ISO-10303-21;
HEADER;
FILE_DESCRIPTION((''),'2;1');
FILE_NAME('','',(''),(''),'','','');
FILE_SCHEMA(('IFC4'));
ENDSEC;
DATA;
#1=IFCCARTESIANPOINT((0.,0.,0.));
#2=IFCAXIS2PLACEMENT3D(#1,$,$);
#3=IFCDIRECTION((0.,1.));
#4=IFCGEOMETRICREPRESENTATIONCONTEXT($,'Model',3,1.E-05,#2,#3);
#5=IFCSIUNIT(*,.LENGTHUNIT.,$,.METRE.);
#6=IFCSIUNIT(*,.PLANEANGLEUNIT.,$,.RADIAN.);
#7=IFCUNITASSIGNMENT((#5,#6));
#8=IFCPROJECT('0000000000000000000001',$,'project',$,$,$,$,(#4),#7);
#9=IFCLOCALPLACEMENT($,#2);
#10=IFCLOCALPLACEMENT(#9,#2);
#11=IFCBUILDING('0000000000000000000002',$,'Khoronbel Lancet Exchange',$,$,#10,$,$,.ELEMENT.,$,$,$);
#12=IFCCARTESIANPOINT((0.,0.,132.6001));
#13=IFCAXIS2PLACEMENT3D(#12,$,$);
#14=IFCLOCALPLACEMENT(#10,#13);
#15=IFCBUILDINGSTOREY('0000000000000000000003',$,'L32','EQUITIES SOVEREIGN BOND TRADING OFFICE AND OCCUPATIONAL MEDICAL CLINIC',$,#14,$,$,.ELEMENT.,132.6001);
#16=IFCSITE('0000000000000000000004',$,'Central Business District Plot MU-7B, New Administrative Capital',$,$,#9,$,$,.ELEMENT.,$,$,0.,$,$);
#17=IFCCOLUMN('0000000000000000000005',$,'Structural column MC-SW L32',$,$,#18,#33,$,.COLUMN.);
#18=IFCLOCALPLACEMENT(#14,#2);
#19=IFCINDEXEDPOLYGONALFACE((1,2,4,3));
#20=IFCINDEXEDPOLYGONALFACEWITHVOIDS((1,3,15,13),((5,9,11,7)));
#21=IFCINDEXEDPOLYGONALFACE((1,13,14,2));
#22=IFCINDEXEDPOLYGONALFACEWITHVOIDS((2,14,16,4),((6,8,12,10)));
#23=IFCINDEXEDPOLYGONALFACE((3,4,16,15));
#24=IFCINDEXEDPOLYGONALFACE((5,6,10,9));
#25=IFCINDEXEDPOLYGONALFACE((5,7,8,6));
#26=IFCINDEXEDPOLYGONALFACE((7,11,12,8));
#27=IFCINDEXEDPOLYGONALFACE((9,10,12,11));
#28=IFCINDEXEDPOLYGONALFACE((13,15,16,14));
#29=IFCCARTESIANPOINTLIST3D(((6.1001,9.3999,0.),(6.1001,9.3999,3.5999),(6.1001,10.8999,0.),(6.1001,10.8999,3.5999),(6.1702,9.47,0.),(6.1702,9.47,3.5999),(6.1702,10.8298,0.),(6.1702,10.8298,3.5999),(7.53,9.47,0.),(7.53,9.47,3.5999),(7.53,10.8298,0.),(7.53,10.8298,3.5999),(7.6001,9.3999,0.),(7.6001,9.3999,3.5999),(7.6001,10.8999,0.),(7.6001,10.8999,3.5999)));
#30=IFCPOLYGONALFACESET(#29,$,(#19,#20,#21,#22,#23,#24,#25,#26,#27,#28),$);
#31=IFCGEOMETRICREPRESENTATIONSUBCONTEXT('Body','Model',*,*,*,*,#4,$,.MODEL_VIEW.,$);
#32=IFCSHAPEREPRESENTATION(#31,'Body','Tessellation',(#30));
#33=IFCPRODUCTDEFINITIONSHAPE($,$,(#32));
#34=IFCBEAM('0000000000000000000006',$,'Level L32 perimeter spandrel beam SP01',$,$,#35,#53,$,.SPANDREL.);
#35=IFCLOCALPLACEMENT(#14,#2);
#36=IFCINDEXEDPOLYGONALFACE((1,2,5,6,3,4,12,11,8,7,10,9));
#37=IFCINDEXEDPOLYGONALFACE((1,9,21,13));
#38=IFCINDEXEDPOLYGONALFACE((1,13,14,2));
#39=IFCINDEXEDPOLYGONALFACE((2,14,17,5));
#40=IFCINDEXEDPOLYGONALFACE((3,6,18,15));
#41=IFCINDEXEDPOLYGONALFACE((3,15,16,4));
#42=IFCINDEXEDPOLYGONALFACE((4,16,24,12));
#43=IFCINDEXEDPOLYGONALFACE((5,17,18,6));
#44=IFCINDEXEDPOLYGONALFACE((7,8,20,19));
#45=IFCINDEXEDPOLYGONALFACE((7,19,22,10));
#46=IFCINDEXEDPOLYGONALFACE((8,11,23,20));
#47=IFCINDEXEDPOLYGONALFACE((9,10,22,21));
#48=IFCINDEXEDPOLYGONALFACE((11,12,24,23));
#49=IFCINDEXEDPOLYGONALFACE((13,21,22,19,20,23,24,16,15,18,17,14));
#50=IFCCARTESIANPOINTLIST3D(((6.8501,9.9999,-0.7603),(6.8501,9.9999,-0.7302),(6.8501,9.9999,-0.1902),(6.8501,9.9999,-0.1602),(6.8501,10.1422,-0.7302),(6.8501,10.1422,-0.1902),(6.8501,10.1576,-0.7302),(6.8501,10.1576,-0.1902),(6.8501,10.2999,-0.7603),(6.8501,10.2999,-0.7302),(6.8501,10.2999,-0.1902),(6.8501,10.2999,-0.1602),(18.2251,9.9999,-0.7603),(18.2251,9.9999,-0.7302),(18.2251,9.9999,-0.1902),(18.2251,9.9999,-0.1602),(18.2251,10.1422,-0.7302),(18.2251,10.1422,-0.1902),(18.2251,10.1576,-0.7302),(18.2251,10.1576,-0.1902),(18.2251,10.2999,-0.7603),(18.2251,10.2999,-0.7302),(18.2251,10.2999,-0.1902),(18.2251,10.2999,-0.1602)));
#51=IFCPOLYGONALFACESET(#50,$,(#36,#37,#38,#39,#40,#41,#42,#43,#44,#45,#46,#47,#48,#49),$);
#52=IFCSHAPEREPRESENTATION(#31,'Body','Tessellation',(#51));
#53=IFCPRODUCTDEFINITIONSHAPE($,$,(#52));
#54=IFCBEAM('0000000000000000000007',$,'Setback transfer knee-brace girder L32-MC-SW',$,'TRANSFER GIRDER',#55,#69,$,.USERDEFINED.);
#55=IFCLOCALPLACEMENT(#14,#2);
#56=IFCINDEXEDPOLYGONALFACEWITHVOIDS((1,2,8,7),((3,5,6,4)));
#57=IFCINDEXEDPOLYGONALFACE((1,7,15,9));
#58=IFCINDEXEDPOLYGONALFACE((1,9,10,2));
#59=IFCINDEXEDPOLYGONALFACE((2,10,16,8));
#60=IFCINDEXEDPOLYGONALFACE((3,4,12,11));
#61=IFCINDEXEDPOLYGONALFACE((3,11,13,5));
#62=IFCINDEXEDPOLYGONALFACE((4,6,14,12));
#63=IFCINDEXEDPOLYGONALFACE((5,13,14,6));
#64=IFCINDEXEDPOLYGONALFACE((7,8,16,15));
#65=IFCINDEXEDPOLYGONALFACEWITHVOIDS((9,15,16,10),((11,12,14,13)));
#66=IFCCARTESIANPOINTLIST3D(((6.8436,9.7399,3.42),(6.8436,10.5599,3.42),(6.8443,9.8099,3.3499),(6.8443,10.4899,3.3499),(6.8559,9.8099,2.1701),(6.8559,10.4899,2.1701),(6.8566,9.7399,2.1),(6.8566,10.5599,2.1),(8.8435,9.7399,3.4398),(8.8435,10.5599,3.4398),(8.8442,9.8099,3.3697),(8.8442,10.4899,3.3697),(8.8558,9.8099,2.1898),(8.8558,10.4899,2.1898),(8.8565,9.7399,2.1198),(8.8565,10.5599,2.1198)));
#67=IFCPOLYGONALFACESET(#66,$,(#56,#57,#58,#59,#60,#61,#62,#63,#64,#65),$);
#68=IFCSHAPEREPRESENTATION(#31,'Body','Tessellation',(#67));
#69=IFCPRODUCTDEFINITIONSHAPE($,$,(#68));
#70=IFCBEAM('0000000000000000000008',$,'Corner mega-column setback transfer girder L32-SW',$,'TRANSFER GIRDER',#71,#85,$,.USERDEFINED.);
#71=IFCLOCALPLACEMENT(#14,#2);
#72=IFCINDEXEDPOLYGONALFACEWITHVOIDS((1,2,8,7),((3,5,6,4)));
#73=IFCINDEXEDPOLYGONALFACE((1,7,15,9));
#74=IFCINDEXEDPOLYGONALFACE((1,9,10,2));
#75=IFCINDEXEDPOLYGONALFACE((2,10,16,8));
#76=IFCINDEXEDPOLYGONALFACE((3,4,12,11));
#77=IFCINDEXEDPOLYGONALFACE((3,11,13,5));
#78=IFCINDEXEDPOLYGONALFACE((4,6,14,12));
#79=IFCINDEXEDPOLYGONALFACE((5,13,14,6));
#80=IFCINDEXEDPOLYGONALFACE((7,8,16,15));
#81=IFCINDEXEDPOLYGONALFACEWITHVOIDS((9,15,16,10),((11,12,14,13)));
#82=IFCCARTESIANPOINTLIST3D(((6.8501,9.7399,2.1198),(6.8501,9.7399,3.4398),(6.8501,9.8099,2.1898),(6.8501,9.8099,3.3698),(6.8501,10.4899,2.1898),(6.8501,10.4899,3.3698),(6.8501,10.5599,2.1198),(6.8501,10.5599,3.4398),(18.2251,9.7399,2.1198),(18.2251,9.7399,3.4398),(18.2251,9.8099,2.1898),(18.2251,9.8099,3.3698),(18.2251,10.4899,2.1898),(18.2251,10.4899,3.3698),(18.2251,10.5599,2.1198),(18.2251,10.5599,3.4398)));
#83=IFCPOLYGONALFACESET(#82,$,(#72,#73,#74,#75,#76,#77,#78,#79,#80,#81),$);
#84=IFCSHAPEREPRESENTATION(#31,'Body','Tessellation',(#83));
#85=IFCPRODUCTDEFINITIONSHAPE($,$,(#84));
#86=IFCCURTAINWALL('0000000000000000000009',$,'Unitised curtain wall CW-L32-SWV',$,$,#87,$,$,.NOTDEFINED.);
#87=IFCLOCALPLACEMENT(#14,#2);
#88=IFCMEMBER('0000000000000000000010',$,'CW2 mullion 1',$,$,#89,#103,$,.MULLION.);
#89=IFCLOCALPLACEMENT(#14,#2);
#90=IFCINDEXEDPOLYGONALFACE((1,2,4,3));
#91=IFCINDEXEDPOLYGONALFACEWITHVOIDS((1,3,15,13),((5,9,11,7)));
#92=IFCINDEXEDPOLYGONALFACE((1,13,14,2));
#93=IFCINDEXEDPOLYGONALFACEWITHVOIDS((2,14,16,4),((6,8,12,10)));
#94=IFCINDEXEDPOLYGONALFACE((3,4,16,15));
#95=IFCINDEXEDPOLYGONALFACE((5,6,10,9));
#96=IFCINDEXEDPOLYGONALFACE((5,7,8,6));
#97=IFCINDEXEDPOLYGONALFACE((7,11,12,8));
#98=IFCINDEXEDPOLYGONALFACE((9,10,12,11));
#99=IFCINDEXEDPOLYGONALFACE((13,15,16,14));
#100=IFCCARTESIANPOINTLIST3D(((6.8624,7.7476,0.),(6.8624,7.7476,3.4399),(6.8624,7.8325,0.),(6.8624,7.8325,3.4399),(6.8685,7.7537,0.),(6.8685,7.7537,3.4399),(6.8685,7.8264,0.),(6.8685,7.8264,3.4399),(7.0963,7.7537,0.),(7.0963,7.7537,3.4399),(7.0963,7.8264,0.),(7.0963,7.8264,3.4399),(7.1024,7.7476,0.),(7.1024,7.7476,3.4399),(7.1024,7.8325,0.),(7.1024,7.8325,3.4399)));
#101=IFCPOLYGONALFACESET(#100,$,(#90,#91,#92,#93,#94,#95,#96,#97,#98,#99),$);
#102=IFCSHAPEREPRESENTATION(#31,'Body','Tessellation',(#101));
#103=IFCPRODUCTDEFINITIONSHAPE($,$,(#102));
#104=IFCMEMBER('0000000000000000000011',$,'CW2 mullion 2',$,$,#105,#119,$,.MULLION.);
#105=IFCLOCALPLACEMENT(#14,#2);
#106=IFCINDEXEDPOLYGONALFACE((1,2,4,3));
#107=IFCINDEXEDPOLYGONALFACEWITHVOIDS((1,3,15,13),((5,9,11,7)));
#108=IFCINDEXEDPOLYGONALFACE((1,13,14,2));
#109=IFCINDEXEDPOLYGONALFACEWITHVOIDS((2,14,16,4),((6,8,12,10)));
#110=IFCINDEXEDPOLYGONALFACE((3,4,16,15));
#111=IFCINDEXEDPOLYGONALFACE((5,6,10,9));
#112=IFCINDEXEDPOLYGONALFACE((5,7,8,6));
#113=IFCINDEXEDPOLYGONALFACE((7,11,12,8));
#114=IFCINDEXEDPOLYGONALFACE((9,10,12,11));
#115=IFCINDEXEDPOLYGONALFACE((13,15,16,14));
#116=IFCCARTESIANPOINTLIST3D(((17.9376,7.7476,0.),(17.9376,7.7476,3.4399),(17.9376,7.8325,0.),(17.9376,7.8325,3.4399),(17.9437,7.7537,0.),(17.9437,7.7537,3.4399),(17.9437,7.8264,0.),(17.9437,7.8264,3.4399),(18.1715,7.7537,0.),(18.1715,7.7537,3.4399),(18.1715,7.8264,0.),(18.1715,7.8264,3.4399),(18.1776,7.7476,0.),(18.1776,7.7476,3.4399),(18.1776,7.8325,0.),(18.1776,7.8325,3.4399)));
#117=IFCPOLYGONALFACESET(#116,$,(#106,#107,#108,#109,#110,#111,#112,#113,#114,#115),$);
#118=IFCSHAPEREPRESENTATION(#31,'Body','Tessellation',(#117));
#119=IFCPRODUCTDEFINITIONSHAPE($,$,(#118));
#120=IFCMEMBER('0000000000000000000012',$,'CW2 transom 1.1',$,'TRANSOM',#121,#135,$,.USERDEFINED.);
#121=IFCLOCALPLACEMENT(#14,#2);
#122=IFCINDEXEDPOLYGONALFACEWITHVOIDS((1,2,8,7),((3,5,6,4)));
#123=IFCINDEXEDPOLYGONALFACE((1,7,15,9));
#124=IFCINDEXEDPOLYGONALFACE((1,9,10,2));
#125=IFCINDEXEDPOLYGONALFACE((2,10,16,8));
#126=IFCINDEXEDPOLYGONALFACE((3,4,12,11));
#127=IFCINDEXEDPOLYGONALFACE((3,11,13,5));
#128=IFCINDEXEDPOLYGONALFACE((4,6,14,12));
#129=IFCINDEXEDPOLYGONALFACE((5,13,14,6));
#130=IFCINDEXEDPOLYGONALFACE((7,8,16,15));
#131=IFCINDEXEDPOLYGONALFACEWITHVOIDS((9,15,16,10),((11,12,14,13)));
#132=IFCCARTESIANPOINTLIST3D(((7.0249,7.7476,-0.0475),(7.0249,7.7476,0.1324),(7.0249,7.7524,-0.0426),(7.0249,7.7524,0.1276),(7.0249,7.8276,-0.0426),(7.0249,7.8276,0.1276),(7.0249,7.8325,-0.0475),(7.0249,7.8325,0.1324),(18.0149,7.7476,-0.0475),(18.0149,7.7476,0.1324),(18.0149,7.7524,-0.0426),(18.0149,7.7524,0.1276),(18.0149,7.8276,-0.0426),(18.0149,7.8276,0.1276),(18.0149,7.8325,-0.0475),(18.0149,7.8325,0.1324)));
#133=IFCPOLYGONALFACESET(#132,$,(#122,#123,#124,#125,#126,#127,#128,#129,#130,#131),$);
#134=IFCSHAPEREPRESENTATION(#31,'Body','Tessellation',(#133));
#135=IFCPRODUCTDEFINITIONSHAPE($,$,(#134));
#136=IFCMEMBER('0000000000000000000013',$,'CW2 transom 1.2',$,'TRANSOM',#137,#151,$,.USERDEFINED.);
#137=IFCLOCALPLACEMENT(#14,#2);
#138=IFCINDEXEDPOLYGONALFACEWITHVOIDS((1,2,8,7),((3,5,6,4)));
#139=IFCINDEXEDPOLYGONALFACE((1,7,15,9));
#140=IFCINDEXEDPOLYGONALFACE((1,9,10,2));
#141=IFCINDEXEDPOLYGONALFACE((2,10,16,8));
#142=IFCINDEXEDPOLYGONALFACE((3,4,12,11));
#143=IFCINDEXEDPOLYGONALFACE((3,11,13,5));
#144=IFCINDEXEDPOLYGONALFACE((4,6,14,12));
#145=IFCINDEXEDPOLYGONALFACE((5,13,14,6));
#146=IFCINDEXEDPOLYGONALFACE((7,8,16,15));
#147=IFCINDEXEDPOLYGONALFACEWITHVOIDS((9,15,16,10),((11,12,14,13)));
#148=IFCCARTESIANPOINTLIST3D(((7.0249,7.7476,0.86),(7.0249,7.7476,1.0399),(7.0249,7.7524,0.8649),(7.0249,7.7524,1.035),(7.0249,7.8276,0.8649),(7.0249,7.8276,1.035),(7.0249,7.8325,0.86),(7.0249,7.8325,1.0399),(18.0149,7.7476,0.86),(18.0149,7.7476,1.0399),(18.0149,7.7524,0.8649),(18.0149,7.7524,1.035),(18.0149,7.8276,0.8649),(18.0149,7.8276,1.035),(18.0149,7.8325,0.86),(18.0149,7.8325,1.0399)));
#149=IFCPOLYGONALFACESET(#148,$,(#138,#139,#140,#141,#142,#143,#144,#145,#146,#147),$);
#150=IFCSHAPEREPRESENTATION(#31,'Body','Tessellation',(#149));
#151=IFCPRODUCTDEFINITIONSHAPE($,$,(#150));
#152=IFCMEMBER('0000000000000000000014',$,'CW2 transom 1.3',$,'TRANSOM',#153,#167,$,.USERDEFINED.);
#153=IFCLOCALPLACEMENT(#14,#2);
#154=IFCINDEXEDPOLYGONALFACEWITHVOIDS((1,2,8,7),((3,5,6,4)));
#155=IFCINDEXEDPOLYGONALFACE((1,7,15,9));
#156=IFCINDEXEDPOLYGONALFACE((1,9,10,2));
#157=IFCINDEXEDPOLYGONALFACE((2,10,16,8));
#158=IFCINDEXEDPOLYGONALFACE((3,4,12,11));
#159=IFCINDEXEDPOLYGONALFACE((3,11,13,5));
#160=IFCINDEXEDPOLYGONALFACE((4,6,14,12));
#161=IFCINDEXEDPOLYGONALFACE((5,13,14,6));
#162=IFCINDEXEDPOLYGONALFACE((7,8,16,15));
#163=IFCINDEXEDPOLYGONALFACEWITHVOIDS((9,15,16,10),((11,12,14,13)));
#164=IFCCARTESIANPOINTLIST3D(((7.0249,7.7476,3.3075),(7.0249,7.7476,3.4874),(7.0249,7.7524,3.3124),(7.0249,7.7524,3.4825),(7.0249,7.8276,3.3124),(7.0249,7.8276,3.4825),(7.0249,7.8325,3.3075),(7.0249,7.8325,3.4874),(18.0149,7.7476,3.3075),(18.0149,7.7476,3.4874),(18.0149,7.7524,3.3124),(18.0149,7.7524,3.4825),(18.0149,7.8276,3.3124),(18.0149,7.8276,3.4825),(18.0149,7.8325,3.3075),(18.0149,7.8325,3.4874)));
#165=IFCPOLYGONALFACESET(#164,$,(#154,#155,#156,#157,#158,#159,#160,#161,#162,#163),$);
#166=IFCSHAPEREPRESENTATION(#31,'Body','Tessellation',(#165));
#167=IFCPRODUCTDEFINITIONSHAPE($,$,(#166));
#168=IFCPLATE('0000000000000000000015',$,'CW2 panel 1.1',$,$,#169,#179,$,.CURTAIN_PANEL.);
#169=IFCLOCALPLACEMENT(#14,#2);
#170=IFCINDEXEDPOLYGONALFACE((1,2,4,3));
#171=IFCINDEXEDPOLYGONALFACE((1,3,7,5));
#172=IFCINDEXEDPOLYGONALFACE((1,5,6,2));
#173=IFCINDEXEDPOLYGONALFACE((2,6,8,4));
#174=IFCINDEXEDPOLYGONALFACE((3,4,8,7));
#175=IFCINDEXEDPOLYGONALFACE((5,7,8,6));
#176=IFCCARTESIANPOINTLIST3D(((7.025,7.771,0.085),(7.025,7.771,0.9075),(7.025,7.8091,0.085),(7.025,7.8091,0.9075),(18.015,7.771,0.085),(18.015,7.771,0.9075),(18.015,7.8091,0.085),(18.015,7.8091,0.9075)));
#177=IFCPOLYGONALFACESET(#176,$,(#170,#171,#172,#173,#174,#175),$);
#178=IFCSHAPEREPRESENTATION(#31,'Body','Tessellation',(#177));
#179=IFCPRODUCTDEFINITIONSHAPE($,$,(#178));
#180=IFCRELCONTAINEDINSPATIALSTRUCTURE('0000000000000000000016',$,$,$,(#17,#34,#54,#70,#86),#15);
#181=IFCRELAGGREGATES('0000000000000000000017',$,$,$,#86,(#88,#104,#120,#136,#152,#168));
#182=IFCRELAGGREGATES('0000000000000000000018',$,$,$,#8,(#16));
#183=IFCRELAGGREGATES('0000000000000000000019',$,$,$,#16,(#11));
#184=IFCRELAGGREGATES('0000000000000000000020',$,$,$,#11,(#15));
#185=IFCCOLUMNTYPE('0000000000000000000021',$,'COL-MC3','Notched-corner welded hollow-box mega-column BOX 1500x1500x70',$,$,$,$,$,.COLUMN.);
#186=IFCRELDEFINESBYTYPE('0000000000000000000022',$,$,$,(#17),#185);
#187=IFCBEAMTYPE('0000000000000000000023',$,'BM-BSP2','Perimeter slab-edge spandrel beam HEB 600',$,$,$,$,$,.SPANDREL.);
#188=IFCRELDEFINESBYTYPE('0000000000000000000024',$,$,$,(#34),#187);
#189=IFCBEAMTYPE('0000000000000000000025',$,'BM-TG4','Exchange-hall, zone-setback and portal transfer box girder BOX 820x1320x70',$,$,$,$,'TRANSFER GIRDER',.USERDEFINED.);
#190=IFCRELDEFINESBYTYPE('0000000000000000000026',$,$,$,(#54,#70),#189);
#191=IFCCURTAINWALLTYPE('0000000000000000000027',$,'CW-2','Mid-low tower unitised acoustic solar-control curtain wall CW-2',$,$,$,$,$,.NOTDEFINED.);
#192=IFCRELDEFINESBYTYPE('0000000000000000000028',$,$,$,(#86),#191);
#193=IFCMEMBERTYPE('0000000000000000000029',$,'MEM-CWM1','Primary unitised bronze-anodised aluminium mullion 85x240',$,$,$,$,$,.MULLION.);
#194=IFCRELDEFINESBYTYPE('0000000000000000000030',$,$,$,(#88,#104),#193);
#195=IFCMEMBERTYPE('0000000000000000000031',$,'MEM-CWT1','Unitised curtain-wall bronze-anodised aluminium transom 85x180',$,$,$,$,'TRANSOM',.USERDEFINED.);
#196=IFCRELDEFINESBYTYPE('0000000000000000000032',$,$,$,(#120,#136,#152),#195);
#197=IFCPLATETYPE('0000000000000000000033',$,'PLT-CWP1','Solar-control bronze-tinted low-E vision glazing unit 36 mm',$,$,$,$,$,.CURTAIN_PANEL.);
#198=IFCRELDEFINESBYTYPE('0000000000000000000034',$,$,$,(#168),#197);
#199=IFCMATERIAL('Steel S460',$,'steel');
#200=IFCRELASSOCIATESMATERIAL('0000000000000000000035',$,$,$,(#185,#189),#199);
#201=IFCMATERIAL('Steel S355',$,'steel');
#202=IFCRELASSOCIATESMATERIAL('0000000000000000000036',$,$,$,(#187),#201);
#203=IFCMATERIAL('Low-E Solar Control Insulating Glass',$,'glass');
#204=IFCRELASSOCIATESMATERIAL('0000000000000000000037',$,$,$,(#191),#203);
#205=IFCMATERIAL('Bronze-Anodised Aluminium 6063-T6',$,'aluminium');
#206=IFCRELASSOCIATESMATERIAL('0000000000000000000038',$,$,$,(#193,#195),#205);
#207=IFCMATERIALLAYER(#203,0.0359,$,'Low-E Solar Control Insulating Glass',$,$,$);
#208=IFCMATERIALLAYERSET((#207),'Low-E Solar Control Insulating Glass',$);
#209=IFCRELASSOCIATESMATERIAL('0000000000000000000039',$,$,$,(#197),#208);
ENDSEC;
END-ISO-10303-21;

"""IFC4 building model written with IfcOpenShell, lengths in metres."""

from ifc_helpers import new_model, si_unit, direction, frame, origin, origin_2d, place, context, subcontext, project, spatial, rectangle, hollow_rectangle, i_section, extrude, material, layer, layer_set, material_profile, profile_set, type_object, element, aggregate, save


model = new_model("IFC4")

# Units and contexts
model_context = context("Model", 3, precision=1e-05, world=origin(), true_north=direction((0.0, 1.0)))
body_context = subcontext(model_context, "Body", "Model", "MODEL_VIEW")
ifc_project = project(units=[si_unit("LENGTHUNIT", "METRE"), si_unit("PLANEANGLEUNIT", "RADIAN")], contexts=[model_context])

# Site, building, storey
site_placement = place(None, origin())
site = spatial("IfcSite", under=ifc_project, at=site_placement, Name="Central Business District Plot MU-7B, New Administrative Capital", CompositionType="ELEMENT", RefElevation=0.0)
building_placement = place(site_placement, origin())
building = spatial("IfcBuilding", under=site, at=building_placement, Name="Khoronbel Lancet Exchange", CompositionType="ELEMENT")
storey_placement = place(building_placement, frame((0.0, 0.0, 132.6001)))
storey = spatial("IfcBuildingStorey", under=building, at=storey_placement, Name="L32", Description="EQUITIES SOVEREIGN BOND TRADING OFFICE AND OCCUPATIONAL MEDICAL CLINIC", CompositionType="ELEMENT", Elevation=132.6001)

# Column
ifc_material_1 = material(Name="Steel S460", Category="steel")
ifc_material_profile_1 = material_profile(ifc_material_1, hollow_rectangle(XDim=1.5, YDim=1.5, WallThickness=0.0701, at=origin_2d()), Name="BOX 1500x1500x70")
ifc_profile_set_1 = profile_set([ifc_material_profile_1], Name="Steel S460")
column_type = type_object("IfcColumnType", Name="COL-MC3", Description="Notched-corner welded hollow-box mega-column BOX 1500x1500x70", PredefinedType="COLUMN", material=ifc_profile_set_1)
column_placement = place(storey_placement, frame((6.8501, 10.1499, 0.0), z_axis=(0.0, 0.0, 1.0), x_axis=(1.0, 0.0, 0.0)))
element("IfcColumn", 1, at=column_placement, inside=storey, type_object=column_type, Name="Structural column MC-SW L32", PredefinedType="COLUMN", context=body_context, shape_type="SweptSolid", body=[
    extrude(hollow_rectangle(XDim=1.5, YDim=1.5, WallThickness=0.0701, at=origin_2d()), origin(), (0.0, 0.0, 1.0), 3.5999),
])

# Beams
ifc_material_2 = material(Name="Steel S355", Category="steel")
ifc_material_profile_2 = material_profile(ifc_material_2, i_section(OverallWidth=0.3, OverallDepth=0.6001, WebThickness=0.0154, FlangeThickness=0.03, at=origin_2d()), Name="HEB 600")
ifc_profile_set_2 = profile_set([ifc_material_profile_2], Name="Steel S355")
beam_type_1 = type_object("IfcBeamType", Name="BM-BSP2", Description="Perimeter slab-edge spandrel beam HEB 600", PredefinedType="SPANDREL", material=ifc_profile_set_2)
beam_1_placement = place(storey_placement, frame((6.8501, 10.1499, -0.4602), z_axis=(1.0, 0.0, 0.0), x_axis=(0.0, 1.0, 0.0)))
element("IfcBeam", 2, at=beam_1_placement, inside=storey, type_object=beam_type_1, Name="Level L32 perimeter spandrel beam SP01", PredefinedType="SPANDREL", context=body_context, shape_type="SweptSolid", body=[
    extrude(i_section(OverallWidth=0.3, OverallDepth=0.6001, WebThickness=0.0154, FlangeThickness=0.03, at=origin_2d()), origin(), (0.0, 0.0, 1.0), 11.375),
])
ifc_material_profile_3 = material_profile(ifc_material_1, hollow_rectangle(XDim=0.8201, YDim=1.3201, WallThickness=0.0701, at=origin_2d()), Name="BOX 820x1320x70")
ifc_profile_set_3 = profile_set([ifc_material_profile_3], Name="Steel S460")
beam_type_2 = type_object("IfcBeamType", Name="BM-TG4", Description="Exchange-hall, zone-setback and portal transfer box girder BOX 820x1320x70", ElementType="TRANSFER GIRDER", PredefinedType="USERDEFINED", material=ifc_profile_set_3)
beam_2_placement = place(storey_placement, frame((6.8501, 10.1499, 2.76), z_axis=(0.999951, 0.0, 0.009887), x_axis=(0.0, 1.0, 0.0)))
element("IfcBeam", 3, at=beam_2_placement, inside=storey, type_object=beam_type_2, Name="Setback transfer knee-brace girder L32-MC-SW", ObjectType="TRANSFER GIRDER", PredefinedType="USERDEFINED", context=body_context, shape_type="SweptSolid", body=[
    extrude(hollow_rectangle(XDim=0.8201, YDim=1.3201, WallThickness=0.0701, at=origin_2d()), origin(), (0.0, 0.0, 1.0), 2.0),
])
beam_3_placement = place(storey_placement, frame((6.8501, 10.1499, 2.7798), z_axis=(1.0, 0.0, 0.0), x_axis=(0.0, 1.0, 0.0)))
element("IfcBeam", 4, at=beam_3_placement, inside=storey, type_object=beam_type_2, Name="Corner mega-column setback transfer girder L32-SW", ObjectType="TRANSFER GIRDER", PredefinedType="USERDEFINED", context=body_context, shape_type="SweptSolid", body=[
    extrude(hollow_rectangle(XDim=0.8201, YDim=1.3201, WallThickness=0.0701, at=origin_2d()), origin(), (0.0, 0.0, 1.0), 11.375),
])

# Curtain wall, members, plate
ifc_material_3 = material(Name="Low-E Solar Control Insulating Glass", Category="glass")
curtain_wall_type = type_object("IfcCurtainWallType", Name="CW-2", Description="Mid-low tower unitised acoustic solar-control curtain wall CW-2", PredefinedType="NOTDEFINED", material=ifc_material_3)
curtain_wall_placement = place(storey_placement, origin())
curtain_wall = element("IfcCurtainWall", 5, at=curtain_wall_placement, inside=storey, type_object=curtain_wall_type, Name="Unitised curtain wall CW-L32-SWV", PredefinedType="NOTDEFINED")
ifc_material_4 = material(Name="Bronze-Anodised Aluminium 6063-T6", Category="aluminium")
ifc_material_profile_4 = material_profile(ifc_material_4, hollow_rectangle(XDim=0.085, YDim=0.24, WallThickness=0.0061, at=origin_2d()), Name="ALU MULLION 85x240")
ifc_profile_set_4 = profile_set([ifc_material_profile_4], Name="Bronze-Anodised Aluminium 6063-T6")
member_type_1 = type_object("IfcMemberType", Name="MEM-CWM1", Description="Primary unitised bronze-anodised aluminium mullion 85x240", PredefinedType="MULLION", material=ifc_profile_set_4)
member_1_placement = place(storey_placement, frame((6.9824, 7.79, 0.0), z_axis=(0.0, 0.0, 1.0), x_axis=(0.0, 1.0, 0.0)))
member_1 = element("IfcMember", 6, at=member_1_placement, type_object=member_type_1, Name="CW2 mullion 1", PredefinedType="MULLION", context=body_context, shape_type="SweptSolid", body=[
    extrude(hollow_rectangle(XDim=0.085, YDim=0.24, WallThickness=0.0061, at=origin_2d()), origin(), (0.0, 0.0, 1.0), 3.4399),
])
member_2_placement = place(storey_placement, frame((18.0576, 7.79, 0.0), z_axis=(0.0, 0.0, 1.0), x_axis=(0.0, 1.0, 0.0)))
member_2 = element("IfcMember", 7, at=member_2_placement, type_object=member_type_1, Name="CW2 mullion 2", PredefinedType="MULLION", context=body_context, shape_type="SweptSolid", body=[
    extrude(hollow_rectangle(XDim=0.085, YDim=0.24, WallThickness=0.0061, at=origin_2d()), origin(), (0.0, 0.0, 1.0), 3.4399),
])
ifc_material_profile_5 = material_profile(ifc_material_4, hollow_rectangle(XDim=0.085, YDim=0.1799, WallThickness=0.0049, at=origin_2d()), Name="ALU TRANSOM 85x180")
ifc_profile_set_5 = profile_set([ifc_material_profile_5], Name="Bronze-Anodised Aluminium 6063-T6")
member_type_2 = type_object("IfcMemberType", Name="MEM-CWT1", Description="Unitised curtain-wall bronze-anodised aluminium transom 85x180", ElementType="TRANSOM", PredefinedType="USERDEFINED", material=ifc_profile_set_5)
member_3_placement = place(storey_placement, frame((7.0249, 7.79, 0.0425), z_axis=(1.0, 0.0, 0.0), x_axis=(0.0, 1.0, 0.0)))
member_3 = element("IfcMember", 8, at=member_3_placement, type_object=member_type_2, Name="CW2 transom 1.1", ObjectType="TRANSOM", PredefinedType="USERDEFINED", context=body_context, shape_type="SweptSolid", body=[
    extrude(hollow_rectangle(XDim=0.085, YDim=0.1799, WallThickness=0.0049, at=origin_2d()), origin(), (0.0, 0.0, 1.0), 10.99),
])
member_4_placement = place(storey_placement, frame((7.0249, 7.79, 0.95), z_axis=(1.0, 0.0, 0.0), x_axis=(0.0, 1.0, 0.0)))
member_4 = element("IfcMember", 9, at=member_4_placement, type_object=member_type_2, Name="CW2 transom 1.2", ObjectType="TRANSOM", PredefinedType="USERDEFINED", context=body_context, shape_type="SweptSolid", body=[
    extrude(hollow_rectangle(XDim=0.085, YDim=0.1799, WallThickness=0.0049, at=origin_2d()), origin(), (0.0, 0.0, 1.0), 10.99),
])
member_5_placement = place(storey_placement, frame((7.0249, 7.79, 3.3975), z_axis=(1.0, 0.0, 0.0), x_axis=(0.0, 1.0, 0.0)))
member_5 = element("IfcMember", 10, at=member_5_placement, type_object=member_type_2, Name="CW2 transom 1.3", ObjectType="TRANSOM", PredefinedType="USERDEFINED", context=body_context, shape_type="SweptSolid", body=[
    extrude(hollow_rectangle(XDim=0.085, YDim=0.1799, WallThickness=0.0049, at=origin_2d()), origin(), (0.0, 0.0, 1.0), 10.99),
])
ifc_layer_1 = layer(ifc_material_3, 0.0359, Name="Low-E Solar Control Insulating Glass")
ifc_layer_set_1 = layer_set([ifc_layer_1], Name="Low-E Solar Control Insulating Glass")
plate_type_1 = type_object("IfcPlateType", Name="PLT-CWP1", Description="Solar-control bronze-tinted low-E vision glazing unit 36 mm", PredefinedType="CURTAIN_PANEL", material=ifc_layer_set_1)
plate_1_placement = place(storey_placement, frame((12.52, 7.79, 0.085), z_axis=(0.0, 0.0, 1.0), x_axis=(1.0, 0.0, 0.0)))
plate_1 = element("IfcPlate", 11, at=plate_1_placement, type_object=plate_type_1, Name="CW2 panel 1.1", PredefinedType="CURTAIN_PANEL", context=body_context, shape_type="SweptSolid", body=[
    extrude(rectangle(XDim=10.99, YDim=0.0381, at=origin_2d()), origin(), (0.0, 0.0, 1.0), 0.8225),
])
aggregate(curtain_wall, [member_1, member_2, member_3, member_4, member_5, plate_1])

save(model, "model.ifc")
